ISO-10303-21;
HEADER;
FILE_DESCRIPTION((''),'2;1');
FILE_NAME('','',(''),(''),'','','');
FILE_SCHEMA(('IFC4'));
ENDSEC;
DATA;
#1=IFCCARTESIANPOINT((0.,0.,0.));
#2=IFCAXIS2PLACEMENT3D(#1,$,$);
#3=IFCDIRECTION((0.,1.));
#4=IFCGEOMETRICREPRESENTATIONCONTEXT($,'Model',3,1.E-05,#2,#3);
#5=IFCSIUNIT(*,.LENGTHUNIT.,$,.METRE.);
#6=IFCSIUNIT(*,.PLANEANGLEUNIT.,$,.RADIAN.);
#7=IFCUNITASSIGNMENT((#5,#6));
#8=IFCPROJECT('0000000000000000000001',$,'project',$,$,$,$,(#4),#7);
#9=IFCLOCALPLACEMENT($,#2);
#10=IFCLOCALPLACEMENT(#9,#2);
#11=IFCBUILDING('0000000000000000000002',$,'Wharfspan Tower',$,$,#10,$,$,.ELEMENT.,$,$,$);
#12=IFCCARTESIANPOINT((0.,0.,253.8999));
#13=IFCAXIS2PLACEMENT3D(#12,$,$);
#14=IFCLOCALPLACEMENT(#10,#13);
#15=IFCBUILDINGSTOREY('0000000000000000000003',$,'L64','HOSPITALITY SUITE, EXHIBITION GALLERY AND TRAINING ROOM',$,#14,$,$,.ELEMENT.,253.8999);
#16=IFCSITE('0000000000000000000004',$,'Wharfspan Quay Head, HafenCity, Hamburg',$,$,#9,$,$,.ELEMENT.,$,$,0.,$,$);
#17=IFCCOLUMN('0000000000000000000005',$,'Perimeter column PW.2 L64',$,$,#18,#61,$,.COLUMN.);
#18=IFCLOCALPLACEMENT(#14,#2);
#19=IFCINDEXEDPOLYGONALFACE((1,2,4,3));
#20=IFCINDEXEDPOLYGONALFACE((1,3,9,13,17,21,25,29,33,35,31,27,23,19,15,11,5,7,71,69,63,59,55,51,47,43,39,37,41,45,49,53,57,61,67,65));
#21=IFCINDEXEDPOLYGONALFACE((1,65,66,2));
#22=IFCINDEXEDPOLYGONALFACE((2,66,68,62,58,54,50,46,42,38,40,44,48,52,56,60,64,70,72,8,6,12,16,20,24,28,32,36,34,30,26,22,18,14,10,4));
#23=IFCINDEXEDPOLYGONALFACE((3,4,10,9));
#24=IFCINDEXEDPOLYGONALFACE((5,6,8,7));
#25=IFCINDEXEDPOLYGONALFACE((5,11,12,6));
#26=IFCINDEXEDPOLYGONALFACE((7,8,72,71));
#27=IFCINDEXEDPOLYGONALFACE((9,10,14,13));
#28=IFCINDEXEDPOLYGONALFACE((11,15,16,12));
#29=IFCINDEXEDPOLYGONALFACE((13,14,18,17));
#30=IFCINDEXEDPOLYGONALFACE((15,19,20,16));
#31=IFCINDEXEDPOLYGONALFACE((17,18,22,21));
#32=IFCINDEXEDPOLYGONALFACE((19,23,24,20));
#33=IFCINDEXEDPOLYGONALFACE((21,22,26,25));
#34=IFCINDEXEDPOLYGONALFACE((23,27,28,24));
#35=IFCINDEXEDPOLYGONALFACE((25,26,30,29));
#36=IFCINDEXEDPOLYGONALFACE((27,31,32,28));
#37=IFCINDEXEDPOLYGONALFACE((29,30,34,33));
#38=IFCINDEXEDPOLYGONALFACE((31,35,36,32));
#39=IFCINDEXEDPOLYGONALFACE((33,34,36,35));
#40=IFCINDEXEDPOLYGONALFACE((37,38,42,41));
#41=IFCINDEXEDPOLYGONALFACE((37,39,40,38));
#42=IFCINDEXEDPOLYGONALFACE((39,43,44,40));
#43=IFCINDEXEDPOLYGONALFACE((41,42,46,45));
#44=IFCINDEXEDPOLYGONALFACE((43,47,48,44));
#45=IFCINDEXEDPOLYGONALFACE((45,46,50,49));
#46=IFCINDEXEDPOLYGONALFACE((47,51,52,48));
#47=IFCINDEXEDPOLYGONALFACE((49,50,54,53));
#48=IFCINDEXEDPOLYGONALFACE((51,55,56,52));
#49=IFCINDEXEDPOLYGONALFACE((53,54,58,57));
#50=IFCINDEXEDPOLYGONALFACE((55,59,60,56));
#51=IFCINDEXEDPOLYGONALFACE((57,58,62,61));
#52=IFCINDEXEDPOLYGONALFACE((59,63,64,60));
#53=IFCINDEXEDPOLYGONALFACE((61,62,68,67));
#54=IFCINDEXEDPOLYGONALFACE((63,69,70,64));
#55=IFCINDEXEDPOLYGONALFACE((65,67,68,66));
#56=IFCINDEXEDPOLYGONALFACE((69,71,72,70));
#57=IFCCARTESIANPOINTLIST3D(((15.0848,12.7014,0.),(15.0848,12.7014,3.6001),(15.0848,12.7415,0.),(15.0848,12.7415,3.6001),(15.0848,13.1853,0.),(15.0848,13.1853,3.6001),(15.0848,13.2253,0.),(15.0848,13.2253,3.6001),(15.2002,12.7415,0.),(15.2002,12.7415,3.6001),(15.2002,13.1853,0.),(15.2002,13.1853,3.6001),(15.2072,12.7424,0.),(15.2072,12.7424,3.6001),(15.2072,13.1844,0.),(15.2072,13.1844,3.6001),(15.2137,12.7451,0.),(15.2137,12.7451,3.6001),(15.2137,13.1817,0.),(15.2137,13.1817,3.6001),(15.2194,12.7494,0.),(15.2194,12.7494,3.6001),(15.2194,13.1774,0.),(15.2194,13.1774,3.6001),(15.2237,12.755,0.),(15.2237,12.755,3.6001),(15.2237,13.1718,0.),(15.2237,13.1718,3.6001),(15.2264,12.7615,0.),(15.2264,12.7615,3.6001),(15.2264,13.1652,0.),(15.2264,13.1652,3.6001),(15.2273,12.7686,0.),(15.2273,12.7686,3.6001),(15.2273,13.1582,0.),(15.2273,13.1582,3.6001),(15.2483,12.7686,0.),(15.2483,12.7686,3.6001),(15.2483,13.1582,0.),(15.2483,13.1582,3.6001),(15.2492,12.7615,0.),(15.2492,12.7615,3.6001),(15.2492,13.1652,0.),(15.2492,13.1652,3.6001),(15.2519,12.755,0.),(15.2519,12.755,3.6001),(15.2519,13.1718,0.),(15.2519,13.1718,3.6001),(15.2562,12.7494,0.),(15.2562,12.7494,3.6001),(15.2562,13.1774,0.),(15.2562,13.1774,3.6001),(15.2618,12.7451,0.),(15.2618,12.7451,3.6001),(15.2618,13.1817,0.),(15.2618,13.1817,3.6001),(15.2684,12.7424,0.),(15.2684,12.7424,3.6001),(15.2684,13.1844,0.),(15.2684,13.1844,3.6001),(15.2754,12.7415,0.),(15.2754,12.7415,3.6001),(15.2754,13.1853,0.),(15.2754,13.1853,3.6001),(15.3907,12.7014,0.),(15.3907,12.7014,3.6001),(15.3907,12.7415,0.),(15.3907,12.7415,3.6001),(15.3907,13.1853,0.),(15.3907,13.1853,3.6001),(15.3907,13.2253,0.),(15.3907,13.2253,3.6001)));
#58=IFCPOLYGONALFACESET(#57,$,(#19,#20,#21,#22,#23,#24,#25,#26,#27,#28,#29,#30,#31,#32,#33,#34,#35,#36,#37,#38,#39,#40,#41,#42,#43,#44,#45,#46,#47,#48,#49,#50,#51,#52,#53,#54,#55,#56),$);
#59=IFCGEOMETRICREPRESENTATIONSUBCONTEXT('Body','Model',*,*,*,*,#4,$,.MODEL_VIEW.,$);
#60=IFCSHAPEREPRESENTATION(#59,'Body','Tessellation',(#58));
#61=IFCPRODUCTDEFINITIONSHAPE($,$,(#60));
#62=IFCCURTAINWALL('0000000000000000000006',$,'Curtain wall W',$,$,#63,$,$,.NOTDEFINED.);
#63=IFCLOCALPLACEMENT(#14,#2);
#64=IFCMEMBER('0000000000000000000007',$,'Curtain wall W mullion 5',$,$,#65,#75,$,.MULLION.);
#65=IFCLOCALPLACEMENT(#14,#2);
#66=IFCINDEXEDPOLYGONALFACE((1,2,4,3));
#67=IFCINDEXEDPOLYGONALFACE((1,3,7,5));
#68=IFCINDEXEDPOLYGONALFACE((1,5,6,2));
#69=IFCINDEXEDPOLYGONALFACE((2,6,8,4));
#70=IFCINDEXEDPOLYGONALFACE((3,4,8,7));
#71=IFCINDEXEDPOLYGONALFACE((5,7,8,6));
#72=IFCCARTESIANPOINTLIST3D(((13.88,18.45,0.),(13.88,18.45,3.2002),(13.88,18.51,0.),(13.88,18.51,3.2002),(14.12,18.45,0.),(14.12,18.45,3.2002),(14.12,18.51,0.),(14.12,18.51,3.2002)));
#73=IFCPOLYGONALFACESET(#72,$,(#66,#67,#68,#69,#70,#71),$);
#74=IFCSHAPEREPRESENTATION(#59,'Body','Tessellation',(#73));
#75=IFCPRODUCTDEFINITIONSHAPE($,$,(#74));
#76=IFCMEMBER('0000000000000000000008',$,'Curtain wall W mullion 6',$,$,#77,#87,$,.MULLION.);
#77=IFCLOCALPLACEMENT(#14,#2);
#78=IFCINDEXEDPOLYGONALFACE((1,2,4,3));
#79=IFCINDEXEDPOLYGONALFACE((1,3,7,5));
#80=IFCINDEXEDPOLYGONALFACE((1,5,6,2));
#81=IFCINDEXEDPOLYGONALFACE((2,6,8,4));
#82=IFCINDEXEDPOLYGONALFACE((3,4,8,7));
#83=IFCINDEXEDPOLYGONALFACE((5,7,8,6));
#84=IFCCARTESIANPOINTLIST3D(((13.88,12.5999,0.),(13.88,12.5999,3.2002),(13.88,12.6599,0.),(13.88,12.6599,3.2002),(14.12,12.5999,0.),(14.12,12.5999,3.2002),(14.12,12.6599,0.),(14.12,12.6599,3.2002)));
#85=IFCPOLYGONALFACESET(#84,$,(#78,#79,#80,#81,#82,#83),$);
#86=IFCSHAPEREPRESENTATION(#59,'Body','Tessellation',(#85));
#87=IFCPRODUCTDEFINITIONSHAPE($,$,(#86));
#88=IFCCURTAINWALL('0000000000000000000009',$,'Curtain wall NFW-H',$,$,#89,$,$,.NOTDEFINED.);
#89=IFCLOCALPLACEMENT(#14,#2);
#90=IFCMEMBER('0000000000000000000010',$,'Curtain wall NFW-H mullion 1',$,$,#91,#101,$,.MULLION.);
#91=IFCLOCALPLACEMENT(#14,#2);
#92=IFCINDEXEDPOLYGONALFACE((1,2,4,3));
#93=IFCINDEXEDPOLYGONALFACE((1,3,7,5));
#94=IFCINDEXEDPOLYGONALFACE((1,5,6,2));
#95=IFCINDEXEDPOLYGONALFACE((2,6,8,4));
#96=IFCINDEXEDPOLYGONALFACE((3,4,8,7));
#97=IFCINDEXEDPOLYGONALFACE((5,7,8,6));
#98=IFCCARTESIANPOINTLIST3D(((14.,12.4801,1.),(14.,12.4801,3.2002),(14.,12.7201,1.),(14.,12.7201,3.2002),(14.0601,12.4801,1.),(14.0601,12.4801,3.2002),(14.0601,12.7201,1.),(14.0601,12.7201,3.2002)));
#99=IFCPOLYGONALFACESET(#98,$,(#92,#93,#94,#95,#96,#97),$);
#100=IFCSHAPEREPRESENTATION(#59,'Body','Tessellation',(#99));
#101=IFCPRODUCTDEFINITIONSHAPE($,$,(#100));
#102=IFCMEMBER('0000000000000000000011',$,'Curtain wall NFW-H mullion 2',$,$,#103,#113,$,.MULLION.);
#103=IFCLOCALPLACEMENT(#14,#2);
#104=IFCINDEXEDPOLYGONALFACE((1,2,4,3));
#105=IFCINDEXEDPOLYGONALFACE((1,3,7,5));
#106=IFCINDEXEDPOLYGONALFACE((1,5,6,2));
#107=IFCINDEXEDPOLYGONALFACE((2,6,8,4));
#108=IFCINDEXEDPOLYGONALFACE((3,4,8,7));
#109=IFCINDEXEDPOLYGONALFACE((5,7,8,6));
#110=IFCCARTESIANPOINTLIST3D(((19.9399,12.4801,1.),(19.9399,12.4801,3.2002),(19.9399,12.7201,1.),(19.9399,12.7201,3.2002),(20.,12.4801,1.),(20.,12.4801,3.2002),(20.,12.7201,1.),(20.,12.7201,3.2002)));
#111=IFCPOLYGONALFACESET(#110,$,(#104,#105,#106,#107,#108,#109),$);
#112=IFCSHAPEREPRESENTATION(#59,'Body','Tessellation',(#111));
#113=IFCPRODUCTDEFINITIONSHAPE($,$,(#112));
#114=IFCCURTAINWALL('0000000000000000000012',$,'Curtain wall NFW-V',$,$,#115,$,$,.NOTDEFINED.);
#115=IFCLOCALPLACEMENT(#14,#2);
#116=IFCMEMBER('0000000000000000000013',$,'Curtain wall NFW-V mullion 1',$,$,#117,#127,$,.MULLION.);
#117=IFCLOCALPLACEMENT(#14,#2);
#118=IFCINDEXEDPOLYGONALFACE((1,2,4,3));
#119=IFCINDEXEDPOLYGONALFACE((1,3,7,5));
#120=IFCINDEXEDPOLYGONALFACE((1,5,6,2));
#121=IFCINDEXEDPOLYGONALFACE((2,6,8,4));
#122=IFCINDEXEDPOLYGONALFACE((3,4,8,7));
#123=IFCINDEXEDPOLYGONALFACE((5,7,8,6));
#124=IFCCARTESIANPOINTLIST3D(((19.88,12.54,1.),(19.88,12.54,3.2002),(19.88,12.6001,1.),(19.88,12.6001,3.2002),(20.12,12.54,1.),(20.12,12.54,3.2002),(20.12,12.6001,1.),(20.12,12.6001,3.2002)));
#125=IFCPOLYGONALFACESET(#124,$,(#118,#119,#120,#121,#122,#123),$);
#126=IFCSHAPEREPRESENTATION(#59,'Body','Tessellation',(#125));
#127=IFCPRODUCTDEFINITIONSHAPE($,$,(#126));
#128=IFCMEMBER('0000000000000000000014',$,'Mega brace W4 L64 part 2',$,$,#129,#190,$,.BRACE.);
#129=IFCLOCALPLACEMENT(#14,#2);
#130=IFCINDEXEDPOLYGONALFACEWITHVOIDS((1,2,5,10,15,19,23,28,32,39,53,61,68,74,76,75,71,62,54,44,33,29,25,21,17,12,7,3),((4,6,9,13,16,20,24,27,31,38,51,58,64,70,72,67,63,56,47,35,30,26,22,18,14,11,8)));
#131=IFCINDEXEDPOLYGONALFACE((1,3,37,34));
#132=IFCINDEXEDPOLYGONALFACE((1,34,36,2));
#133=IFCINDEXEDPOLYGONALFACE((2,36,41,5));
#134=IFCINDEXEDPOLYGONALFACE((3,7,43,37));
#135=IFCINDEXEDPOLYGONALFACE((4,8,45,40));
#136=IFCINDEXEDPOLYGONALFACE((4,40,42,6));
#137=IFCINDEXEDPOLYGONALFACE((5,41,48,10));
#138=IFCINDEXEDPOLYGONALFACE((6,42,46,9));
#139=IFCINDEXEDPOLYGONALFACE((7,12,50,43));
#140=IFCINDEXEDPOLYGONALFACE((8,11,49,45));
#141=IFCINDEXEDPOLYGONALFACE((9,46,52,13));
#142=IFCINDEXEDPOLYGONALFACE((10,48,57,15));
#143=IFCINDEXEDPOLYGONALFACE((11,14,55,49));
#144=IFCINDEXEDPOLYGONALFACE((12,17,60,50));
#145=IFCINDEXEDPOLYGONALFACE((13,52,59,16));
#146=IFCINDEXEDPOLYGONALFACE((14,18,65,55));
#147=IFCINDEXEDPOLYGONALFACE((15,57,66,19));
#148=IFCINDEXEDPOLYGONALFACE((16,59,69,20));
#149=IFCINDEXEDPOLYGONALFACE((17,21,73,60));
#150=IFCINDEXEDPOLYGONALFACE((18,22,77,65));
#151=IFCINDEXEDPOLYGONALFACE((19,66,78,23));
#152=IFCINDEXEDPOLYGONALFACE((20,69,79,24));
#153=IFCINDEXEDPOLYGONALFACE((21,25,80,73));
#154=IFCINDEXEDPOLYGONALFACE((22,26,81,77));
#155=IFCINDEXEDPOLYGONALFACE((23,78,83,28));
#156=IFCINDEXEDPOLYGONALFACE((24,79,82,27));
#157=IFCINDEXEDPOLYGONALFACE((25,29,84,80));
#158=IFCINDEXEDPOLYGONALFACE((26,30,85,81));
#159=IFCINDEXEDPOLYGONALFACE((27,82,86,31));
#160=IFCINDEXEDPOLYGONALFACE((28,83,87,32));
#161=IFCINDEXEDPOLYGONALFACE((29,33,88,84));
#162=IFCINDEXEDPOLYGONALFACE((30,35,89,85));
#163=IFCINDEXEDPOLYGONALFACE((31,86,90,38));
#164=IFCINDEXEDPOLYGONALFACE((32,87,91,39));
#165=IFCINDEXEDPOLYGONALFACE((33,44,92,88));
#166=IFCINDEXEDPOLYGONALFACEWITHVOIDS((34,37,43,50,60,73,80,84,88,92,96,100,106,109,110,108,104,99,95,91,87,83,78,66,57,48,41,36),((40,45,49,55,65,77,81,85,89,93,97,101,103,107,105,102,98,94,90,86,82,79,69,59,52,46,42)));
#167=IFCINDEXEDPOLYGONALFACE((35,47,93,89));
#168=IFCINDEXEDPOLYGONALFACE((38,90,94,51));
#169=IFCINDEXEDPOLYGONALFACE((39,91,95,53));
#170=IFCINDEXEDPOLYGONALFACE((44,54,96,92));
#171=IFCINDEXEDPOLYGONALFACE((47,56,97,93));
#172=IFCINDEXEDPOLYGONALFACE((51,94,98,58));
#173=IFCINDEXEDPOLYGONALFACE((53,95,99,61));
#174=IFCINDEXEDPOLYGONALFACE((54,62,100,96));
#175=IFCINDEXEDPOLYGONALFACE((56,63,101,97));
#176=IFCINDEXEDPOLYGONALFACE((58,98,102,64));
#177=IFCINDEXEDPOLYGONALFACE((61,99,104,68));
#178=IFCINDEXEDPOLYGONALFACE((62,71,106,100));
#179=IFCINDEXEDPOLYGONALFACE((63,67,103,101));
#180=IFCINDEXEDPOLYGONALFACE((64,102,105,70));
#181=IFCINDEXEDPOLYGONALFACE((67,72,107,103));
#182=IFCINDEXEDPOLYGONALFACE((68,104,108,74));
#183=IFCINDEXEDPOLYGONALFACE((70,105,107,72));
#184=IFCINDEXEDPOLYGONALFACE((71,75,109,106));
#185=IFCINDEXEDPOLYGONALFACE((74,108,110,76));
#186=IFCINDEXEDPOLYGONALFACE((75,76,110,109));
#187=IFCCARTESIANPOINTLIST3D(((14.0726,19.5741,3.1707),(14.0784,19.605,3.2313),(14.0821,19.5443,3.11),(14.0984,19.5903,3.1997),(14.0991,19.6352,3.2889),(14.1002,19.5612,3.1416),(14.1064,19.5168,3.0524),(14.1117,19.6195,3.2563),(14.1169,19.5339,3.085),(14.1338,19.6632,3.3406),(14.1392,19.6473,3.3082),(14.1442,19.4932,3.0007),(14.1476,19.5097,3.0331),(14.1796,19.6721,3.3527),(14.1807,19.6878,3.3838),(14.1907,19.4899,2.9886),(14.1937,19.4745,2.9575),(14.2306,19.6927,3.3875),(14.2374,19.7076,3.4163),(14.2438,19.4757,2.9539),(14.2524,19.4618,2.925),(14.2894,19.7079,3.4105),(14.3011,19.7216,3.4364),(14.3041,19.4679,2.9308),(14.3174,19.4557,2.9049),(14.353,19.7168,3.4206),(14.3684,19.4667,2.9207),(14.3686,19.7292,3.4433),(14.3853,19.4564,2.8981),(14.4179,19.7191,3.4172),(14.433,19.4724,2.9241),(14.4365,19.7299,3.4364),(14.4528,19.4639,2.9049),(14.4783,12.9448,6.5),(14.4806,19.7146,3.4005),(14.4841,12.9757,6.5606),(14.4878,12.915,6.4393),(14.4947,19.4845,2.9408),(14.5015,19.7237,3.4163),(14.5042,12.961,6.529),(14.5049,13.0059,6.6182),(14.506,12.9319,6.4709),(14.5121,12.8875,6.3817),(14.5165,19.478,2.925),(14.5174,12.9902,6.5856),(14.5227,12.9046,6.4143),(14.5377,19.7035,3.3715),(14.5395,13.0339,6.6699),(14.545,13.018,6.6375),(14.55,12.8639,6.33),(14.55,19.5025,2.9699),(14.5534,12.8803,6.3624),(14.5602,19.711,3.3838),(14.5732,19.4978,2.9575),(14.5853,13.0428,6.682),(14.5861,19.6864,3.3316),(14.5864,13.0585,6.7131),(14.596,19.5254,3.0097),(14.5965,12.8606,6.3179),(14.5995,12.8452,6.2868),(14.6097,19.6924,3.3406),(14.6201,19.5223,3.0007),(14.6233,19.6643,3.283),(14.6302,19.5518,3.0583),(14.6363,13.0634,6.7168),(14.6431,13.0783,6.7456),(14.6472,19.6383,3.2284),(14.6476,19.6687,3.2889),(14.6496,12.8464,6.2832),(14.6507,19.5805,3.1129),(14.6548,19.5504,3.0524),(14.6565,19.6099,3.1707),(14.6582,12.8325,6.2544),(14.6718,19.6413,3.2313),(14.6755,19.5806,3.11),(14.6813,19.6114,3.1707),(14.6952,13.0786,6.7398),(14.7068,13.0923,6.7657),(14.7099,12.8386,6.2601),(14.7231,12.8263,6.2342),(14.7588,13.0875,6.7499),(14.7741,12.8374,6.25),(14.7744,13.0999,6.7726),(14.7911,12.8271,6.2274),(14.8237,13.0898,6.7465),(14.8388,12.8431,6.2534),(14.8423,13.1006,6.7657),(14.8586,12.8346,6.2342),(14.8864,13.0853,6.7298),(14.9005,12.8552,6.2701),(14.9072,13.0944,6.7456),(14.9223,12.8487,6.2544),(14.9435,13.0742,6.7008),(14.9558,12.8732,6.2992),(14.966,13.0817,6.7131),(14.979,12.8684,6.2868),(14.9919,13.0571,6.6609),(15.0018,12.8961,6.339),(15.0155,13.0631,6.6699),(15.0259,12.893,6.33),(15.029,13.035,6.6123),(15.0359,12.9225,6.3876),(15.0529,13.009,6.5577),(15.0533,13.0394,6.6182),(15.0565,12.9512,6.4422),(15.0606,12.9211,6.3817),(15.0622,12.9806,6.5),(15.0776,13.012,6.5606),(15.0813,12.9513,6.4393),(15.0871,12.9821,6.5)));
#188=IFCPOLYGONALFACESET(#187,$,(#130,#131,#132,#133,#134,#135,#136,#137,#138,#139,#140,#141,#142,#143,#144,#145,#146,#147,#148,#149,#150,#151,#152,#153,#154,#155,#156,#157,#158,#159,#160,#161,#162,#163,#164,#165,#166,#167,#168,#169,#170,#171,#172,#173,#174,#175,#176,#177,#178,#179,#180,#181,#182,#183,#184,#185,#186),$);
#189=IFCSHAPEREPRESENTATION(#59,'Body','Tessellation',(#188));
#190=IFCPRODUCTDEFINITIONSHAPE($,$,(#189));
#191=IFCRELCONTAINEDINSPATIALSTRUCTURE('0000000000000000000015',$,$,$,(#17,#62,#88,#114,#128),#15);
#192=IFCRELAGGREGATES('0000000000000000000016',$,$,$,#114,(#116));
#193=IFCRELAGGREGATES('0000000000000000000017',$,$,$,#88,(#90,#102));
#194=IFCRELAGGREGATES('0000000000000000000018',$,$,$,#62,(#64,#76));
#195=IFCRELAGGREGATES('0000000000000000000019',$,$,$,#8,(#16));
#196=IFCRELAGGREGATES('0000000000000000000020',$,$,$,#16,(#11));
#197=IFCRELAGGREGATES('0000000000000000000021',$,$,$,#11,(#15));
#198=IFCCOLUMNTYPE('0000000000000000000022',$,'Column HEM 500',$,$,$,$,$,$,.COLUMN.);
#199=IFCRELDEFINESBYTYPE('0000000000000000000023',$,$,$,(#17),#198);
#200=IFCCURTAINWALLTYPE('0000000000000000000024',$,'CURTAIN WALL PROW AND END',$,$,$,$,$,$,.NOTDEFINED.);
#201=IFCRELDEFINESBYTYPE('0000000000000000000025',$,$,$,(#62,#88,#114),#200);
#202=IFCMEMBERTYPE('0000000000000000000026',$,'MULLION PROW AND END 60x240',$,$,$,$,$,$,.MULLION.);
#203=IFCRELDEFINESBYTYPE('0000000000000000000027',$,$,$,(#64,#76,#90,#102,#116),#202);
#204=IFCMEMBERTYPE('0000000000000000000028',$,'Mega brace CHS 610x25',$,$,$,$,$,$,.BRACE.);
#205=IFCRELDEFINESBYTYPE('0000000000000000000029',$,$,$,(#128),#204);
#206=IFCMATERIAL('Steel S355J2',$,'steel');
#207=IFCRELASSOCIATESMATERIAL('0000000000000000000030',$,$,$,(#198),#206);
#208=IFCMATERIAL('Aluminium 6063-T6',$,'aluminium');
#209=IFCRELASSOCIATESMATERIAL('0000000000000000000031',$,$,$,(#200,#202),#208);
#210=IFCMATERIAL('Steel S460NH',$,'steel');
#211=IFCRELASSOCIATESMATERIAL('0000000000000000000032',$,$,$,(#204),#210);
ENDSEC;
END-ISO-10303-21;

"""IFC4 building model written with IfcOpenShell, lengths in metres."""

from ifc_helpers import new_model, si_unit, direction, frame, origin, origin_2d, place, context, subcontext, project, spatial, rectangle, hollow_circle, i_section, extrude, material, material_profile, profile_set, type_object, element, aggregate, save


model = new_model("IFC4")

# Units and contexts
model_context = context("Model", 3, precision=1e-05, world=origin(), true_north=direction((0.0, 1.0)))
body_context = subcontext(model_context, "Body", "Model", "MODEL_VIEW")
ifc_project = project(units=[si_unit("LENGTHUNIT", "METRE"), si_unit("PLANEANGLEUNIT", "RADIAN")], contexts=[model_context])

# Site, building, storey
site_placement = place(None, origin())
site = spatial("IfcSite", under=ifc_project, at=site_placement, Name="Wharfspan Quay Head, HafenCity, Hamburg", CompositionType="ELEMENT", RefElevation=0.0)
building_placement = place(site_placement, origin())
building = spatial("IfcBuilding", under=site, at=building_placement, Name="Wharfspan Tower", CompositionType="ELEMENT")
storey_placement = place(building_placement, frame((0.0, 0.0, 253.8999)))
storey = spatial("IfcBuildingStorey", under=building, at=storey_placement, Name="L64", Description="HOSPITALITY SUITE, EXHIBITION GALLERY AND TRAINING ROOM", CompositionType="ELEMENT", Elevation=253.8999)

# Column
ifc_material_1 = material(Name="Steel S355J2", Category="steel")
ifc_material_profile_1 = material_profile(ifc_material_1, i_section(OverallWidth=0.3059, OverallDepth=0.5239, WebThickness=0.021, FlangeThickness=0.04, FilletRadius=0.0271, at=origin_2d()))
ifc_profile_set_1 = profile_set([ifc_material_profile_1], Name="Steel S355J2")
column_type = type_object("IfcColumnType", Name="Column HEM 500", PredefinedType="COLUMN", material=ifc_profile_set_1)
column_placement = place(storey_placement, frame((15.2378, 12.9634, 0.0), z_axis=(0.0, 0.0, 1.0), x_axis=(-1.0, 0.0, 0.0)))
element("IfcColumn", 1, at=column_placement, inside=storey, type_object=column_type, Name="Perimeter column PW.2 L64", PredefinedType="COLUMN", context=body_context, shape_type="SweptSolid", body=[
    extrude(i_section(OverallWidth=0.3059, OverallDepth=0.5239, WebThickness=0.021, FlangeThickness=0.04, FilletRadius=0.0271, at=origin_2d()), origin(), (0.0, 0.0, 1.0), 3.6001),
])

# Curtain walls, members
ifc_material_2 = material(Name="Aluminium 6063-T6", Category="aluminium")
curtain_wall_type = type_object("IfcCurtainWallType", Name="CURTAIN WALL PROW AND END", PredefinedType="NOTDEFINED", material=ifc_material_2)
curtain_wall_1_placement = place(storey_placement, origin())
curtain_wall_1 = element("IfcCurtainWall", 2, at=curtain_wall_1_placement, inside=storey, type_object=curtain_wall_type, Name="Curtain wall W", PredefinedType="NOTDEFINED")
ifc_material_profile_2 = material_profile(ifc_material_2, rectangle(XDim=0.24, YDim=0.0601, at=origin_2d()))
ifc_profile_set_2 = profile_set([ifc_material_profile_2], Name="Aluminium 6063-T6")
member_type_1 = type_object("IfcMemberType", Name="MULLION PROW AND END 60x240", PredefinedType="MULLION", material=ifc_profile_set_2)
member_1_placement = place(storey_placement, frame((14.0, 18.48, 0.0), z_axis=(0.0, 0.0, 1.0), x_axis=(1.0, 0.0, 0.0)))
member_1 = element("IfcMember", 3, at=member_1_placement, type_object=member_type_1, Name="Curtain wall W mullion 5", PredefinedType="MULLION", context=body_context, shape_type="SweptSolid", body=[
    extrude(rectangle(XDim=0.24, YDim=0.0601, at=origin_2d()), origin(), (0.0, 0.0, 1.0), 3.2002),
])
member_2_placement = place(storey_placement, frame((14.0, 12.6299, 0.0), z_axis=(0.0, 0.0, 1.0), x_axis=(1.0, 0.0, 0.0)))
member_2 = element("IfcMember", 4, at=member_2_placement, type_object=member_type_1, Name="Curtain wall W mullion 6", PredefinedType="MULLION", context=body_context, shape_type="SweptSolid", body=[
    extrude(rectangle(XDim=0.24, YDim=0.0601, at=origin_2d()), origin(), (0.0, 0.0, 1.0), 3.2002),
])
curtain_wall_2_placement = place(storey_placement, origin())
curtain_wall_2 = element("IfcCurtainWall", 5, at=curtain_wall_2_placement, inside=storey, type_object=curtain_wall_type, Name="Curtain wall NFW-H", PredefinedType="NOTDEFINED")
member_3_placement = place(storey_placement, frame((14.03, 12.6001, 1.0), z_axis=(0.0, 0.0, 1.0), x_axis=(0.0, 1.0, 0.0)))
member_3 = element("IfcMember", 6, at=member_3_placement, type_object=member_type_1, Name="Curtain wall NFW-H mullion 1", PredefinedType="MULLION", context=body_context, shape_type="SweptSolid", body=[
    extrude(rectangle(XDim=0.24, YDim=0.0601, at=origin_2d()), origin(), (0.0, 0.0, 1.0), 2.2002),
])
member_4_placement = place(storey_placement, frame((19.97, 12.6001, 1.0), z_axis=(0.0, 0.0, 1.0), x_axis=(0.0, 1.0, 0.0)))
member_4 = element("IfcMember", 7, at=member_4_placement, type_object=member_type_1, Name="Curtain wall NFW-H mullion 2", PredefinedType="MULLION", context=body_context, shape_type="SweptSolid", body=[
    extrude(rectangle(XDim=0.24, YDim=0.0601, at=origin_2d()), origin(), (0.0, 0.0, 1.0), 2.2002),
])

# Curtain wall, member
curtain_wall_3_placement = place(storey_placement, origin())
curtain_wall_3 = element("IfcCurtainWall", 8, at=curtain_wall_3_placement, inside=storey, type_object=curtain_wall_type, Name="Curtain wall NFW-V", PredefinedType="NOTDEFINED")
member_5_placement = place(storey_placement, frame((20.0, 12.5701, 1.0), z_axis=(0.0, 0.0, 1.0), x_axis=(1.0, 0.0, 0.0)))
member_5 = element("IfcMember", 9, at=member_5_placement, type_object=member_type_1, Name="Curtain wall NFW-V mullion 1", PredefinedType="MULLION", context=body_context, shape_type="SweptSolid", body=[
    extrude(rectangle(XDim=0.24, YDim=0.0601, at=origin_2d()), origin(), (0.0, 0.0, 1.0), 2.2002),
])

# Member
ifc_material_3 = material(Name="Steel S460NH", Category="steel")
ifc_material_profile_3 = material_profile(ifc_material_3, hollow_circle(Radius=0.3049, WallThickness=0.0249, at=origin_2d()))
ifc_profile_set_3 = profile_set([ifc_material_profile_3], Name="Steel S460NH")
member_type_2 = type_object("IfcMemberType", Name="Mega brace CHS 610x25", PredefinedType="BRACE", material=ifc_profile_set_3)
member_6_placement = place(storey_placement, frame((14.377, 19.5928, 3.1707), z_axis=(0.054615, -0.892302, 0.448123), x_axis=(0.998132, 0.061091, -0.000003)))
element("IfcMember", 10, at=member_6_placement, inside=storey, type_object=member_type_2, Name="Mega brace W4 L64 part 2", PredefinedType="BRACE", context=body_context, shape_type="SweptSolid", body=[
    extrude(hollow_circle(Radius=0.3049, WallThickness=0.0249, at=origin_2d()), origin(), (0.0, 0.0, 1.0), 7.4294),
])
aggregate(curtain_wall_3, [member_5])

aggregate(curtain_wall_2, [member_3, member_4])
aggregate(curtain_wall_1, [member_1, member_2])

save(model, "model.ifc")
